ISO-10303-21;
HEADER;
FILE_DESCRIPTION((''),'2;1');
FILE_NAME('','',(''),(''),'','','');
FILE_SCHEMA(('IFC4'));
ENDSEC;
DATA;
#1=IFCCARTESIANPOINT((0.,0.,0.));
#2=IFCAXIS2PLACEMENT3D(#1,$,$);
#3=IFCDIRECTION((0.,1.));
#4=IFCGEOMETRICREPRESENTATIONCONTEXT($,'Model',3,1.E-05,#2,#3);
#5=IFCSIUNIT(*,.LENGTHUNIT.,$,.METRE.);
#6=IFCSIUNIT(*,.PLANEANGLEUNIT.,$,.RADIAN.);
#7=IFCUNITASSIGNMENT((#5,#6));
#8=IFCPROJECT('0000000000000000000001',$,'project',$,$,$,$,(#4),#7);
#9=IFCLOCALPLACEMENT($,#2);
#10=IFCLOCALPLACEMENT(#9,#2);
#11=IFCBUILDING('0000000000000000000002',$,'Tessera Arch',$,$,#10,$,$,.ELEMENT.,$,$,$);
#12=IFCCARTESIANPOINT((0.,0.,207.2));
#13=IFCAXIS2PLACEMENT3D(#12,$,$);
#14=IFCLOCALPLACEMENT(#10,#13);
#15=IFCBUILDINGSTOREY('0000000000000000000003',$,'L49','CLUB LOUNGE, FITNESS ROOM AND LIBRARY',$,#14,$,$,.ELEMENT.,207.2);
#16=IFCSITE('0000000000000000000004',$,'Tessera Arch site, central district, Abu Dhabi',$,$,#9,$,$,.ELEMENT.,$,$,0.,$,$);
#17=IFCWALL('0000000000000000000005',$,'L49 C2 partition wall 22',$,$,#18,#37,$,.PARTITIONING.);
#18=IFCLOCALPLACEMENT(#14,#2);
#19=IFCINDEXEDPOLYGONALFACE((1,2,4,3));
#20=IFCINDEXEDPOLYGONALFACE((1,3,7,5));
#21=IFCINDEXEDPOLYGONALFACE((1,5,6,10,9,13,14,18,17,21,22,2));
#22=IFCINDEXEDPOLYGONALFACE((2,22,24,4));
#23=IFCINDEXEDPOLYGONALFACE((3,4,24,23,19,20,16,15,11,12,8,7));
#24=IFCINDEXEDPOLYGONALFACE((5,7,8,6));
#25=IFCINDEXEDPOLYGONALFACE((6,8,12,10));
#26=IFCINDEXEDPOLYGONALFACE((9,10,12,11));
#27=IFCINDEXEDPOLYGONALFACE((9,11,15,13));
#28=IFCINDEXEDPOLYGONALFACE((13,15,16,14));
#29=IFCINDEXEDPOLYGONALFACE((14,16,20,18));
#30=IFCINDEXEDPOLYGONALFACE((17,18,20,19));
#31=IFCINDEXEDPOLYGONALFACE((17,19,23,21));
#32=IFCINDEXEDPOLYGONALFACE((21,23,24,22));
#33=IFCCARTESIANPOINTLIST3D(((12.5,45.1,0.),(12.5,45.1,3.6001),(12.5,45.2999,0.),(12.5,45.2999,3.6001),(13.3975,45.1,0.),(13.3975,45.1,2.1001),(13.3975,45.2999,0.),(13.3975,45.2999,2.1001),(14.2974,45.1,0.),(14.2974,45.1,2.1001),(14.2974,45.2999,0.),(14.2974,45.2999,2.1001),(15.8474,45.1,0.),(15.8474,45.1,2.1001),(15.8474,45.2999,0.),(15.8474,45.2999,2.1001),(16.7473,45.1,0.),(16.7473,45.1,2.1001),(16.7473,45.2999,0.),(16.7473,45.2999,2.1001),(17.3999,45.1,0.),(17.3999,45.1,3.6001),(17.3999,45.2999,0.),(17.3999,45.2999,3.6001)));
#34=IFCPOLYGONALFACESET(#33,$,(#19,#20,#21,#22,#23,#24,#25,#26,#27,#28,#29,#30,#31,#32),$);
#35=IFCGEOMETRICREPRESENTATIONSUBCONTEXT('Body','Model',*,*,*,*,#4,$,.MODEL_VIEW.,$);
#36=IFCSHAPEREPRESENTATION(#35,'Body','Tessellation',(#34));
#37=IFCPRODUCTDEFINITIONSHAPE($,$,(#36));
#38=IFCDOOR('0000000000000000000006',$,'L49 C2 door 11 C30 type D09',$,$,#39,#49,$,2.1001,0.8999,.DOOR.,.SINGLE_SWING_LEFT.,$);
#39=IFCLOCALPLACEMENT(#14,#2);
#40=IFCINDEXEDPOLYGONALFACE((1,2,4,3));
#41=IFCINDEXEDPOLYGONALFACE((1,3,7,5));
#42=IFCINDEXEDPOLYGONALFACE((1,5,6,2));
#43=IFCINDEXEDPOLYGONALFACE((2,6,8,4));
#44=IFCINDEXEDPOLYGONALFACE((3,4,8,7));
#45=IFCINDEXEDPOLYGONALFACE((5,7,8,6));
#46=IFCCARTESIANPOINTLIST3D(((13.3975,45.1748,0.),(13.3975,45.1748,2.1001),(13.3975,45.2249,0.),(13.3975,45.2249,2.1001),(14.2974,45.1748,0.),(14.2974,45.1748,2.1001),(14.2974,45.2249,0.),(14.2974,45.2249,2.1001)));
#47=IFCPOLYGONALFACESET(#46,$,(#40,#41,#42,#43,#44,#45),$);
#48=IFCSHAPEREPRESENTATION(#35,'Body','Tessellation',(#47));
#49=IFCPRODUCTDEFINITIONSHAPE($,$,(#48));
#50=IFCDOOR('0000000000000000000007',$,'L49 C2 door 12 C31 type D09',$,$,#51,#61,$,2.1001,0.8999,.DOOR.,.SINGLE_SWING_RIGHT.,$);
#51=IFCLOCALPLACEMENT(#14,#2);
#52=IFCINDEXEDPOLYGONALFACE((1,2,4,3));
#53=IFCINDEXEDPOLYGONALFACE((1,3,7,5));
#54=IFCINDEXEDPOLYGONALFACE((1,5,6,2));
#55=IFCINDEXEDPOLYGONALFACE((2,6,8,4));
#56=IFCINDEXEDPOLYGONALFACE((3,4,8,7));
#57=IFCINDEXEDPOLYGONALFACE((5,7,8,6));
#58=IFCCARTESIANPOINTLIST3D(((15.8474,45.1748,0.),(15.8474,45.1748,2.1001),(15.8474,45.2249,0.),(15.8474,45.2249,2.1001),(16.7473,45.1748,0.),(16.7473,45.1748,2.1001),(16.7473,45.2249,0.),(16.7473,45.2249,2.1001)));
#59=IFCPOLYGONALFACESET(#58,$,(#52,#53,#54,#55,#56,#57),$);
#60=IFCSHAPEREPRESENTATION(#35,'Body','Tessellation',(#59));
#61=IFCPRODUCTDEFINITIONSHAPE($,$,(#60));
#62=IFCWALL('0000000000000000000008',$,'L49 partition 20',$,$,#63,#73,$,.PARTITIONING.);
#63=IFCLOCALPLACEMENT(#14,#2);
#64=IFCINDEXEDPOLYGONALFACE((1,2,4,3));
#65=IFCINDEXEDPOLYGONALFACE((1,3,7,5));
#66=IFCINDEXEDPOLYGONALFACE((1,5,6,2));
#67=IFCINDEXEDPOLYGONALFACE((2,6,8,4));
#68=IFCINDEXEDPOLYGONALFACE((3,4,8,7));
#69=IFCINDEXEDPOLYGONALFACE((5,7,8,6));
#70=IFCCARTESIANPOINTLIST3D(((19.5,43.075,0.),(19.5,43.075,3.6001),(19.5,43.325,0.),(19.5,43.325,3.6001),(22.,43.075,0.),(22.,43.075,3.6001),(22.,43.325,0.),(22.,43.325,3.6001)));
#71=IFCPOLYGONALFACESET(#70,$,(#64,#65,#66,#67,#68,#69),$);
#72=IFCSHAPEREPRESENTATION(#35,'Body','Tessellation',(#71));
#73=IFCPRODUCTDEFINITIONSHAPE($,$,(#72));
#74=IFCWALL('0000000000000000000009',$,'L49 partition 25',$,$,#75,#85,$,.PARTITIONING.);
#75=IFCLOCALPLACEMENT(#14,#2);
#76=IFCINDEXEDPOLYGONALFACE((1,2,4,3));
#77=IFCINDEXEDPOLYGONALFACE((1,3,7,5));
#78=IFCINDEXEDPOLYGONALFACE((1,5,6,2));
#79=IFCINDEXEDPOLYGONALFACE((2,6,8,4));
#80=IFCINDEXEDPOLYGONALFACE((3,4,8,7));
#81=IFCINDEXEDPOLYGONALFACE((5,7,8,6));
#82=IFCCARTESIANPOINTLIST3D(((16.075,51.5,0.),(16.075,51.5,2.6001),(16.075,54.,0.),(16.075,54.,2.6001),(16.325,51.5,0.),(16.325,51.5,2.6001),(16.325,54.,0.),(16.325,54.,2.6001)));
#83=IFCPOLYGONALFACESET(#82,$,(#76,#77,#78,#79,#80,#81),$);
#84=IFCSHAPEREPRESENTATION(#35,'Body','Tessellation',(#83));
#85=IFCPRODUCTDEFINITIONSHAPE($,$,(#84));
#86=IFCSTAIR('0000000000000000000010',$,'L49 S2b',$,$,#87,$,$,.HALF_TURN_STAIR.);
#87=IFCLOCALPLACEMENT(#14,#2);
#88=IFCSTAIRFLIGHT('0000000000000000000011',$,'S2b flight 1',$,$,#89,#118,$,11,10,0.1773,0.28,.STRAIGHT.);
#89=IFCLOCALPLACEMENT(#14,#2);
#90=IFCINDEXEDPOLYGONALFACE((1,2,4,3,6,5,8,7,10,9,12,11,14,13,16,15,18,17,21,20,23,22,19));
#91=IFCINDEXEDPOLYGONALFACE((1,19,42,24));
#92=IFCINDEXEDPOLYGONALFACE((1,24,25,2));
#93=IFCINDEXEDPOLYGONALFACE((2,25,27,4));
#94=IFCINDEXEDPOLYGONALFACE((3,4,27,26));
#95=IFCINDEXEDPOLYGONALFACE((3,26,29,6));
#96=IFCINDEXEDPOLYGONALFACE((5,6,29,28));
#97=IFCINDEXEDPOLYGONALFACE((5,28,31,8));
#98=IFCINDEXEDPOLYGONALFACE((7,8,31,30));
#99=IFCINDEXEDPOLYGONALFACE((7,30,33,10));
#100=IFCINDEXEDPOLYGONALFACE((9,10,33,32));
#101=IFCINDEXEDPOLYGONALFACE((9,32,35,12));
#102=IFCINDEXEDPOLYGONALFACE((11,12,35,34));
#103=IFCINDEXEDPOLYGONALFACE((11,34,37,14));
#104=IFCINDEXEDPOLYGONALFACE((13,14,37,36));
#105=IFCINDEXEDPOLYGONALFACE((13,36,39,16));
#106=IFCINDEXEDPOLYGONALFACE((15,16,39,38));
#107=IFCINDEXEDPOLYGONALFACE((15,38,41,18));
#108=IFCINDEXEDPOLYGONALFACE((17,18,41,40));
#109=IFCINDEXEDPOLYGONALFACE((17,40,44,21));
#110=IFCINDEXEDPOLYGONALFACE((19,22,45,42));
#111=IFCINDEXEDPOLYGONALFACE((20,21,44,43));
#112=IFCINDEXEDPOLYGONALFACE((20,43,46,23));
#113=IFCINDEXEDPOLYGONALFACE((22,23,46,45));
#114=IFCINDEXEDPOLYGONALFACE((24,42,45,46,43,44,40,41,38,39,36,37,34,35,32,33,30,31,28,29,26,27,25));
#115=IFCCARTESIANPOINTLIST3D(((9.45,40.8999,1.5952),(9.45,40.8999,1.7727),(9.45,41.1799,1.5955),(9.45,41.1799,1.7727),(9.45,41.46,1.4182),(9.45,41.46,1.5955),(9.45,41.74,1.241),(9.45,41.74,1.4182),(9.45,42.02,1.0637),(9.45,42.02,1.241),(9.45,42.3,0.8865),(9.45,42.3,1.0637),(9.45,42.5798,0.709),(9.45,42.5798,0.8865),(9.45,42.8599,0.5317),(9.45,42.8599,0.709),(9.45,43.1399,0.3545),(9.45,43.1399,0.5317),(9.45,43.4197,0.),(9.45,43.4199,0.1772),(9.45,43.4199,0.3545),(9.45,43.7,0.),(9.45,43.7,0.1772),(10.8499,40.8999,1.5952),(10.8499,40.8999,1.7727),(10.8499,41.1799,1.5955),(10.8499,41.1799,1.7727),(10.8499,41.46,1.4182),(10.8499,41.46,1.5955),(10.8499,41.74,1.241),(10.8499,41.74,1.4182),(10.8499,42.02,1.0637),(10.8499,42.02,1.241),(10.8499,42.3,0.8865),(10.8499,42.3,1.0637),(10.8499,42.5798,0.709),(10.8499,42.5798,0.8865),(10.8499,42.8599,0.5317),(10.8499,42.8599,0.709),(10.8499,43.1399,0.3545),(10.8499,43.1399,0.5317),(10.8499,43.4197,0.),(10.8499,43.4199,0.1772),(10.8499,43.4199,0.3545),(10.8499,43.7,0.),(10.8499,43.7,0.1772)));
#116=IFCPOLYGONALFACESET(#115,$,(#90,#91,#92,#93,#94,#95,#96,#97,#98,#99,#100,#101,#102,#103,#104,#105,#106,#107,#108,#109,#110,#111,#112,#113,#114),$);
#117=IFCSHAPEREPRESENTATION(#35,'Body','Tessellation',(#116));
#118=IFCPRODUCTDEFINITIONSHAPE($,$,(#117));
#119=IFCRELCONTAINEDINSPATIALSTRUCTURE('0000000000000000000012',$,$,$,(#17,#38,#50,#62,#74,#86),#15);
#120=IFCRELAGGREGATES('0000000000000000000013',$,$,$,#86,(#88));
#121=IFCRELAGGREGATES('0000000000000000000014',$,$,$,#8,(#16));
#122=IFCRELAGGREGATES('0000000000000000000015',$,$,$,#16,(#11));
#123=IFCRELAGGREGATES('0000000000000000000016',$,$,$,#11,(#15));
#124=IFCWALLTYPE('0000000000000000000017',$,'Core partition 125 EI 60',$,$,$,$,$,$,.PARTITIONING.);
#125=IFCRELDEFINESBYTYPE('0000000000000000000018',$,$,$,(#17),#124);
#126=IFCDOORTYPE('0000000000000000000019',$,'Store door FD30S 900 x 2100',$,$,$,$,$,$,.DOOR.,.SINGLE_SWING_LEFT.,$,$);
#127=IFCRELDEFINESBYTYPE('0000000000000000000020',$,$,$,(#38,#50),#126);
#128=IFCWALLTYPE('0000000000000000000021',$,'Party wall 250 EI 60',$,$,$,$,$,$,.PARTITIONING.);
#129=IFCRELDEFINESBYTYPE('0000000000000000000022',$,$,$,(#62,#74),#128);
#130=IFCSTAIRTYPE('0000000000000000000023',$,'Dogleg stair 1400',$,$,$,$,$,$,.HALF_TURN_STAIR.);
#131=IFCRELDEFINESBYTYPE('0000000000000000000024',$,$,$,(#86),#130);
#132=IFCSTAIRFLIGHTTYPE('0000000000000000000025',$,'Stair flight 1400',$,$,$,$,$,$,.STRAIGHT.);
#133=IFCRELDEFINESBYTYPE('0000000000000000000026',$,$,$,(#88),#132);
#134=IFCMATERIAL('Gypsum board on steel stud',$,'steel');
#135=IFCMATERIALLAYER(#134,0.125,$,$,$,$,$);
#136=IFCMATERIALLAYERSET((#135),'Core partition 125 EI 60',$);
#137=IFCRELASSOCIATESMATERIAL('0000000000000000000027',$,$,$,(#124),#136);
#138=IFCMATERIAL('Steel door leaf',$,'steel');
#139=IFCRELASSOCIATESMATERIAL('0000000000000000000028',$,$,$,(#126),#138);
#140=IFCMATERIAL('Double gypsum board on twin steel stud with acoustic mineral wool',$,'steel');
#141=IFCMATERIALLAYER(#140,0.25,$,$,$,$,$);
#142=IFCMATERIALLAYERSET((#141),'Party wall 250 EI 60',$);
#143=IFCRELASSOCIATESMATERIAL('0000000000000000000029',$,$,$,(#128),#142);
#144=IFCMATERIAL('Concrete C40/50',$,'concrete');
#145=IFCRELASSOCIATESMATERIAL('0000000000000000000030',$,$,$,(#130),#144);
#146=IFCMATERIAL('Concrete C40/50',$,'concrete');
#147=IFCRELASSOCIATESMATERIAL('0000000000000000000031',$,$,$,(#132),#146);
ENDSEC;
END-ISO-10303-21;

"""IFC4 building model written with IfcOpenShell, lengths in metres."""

from ifc_helpers import new_model, si_unit, direction, frame, frame_2d, origin, place, context, subcontext, project, spatial, polyline, rectangle, outline, extrude, material, layer, layer_set, type_object, element, fill, aggregate, save


model = new_model("IFC4")

# Units and contexts
model_context = context("Model", 3, precision=1e-05, world=origin(), true_north=direction((0.0, 1.0)))
body_context = subcontext(model_context, "Body", "Model", "MODEL_VIEW")
ifc_project = project(units=[si_unit("LENGTHUNIT", "METRE"), si_unit("PLANEANGLEUNIT", "RADIAN")], contexts=[model_context])

# Site, building, storey
site_placement = place(None, origin())
site = spatial("IfcSite", under=ifc_project, at=site_placement, Name="Tessera Arch site, central district, Abu Dhabi", CompositionType="ELEMENT", RefElevation=0.0)
building_placement = place(site_placement, origin())
building = spatial("IfcBuilding", under=site, at=building_placement, Name="Tessera Arch", CompositionType="ELEMENT")
storey_placement = place(building_placement, frame((0.0, 0.0, 207.2)))
storey = spatial("IfcBuildingStorey", under=building, at=storey_placement, Name="L49", Description="CLUB LOUNGE, FITNESS ROOM AND LIBRARY", CompositionType="ELEMENT", Elevation=207.2)

# Wall, openings, doors
ifc_material_1 = material(Name="Gypsum board on steel stud", Category="steel")
ifc_layer_1 = layer(ifc_material_1, 0.125)
ifc_layer_set_1 = layer_set([ifc_layer_1], Name="Core partition 125 EI 60")
wall_type_1 = type_object("IfcWallType", Name="Core partition 125 EI 60", PredefinedType="PARTITIONING", material=ifc_layer_set_1)
wall_1_placement = place(storey_placement, frame((12.5, 45.2, 0.0), z_axis=(0.0, 0.0, 1.0), x_axis=(1.0, 0.0, 0.0)))
wall_1 = element("IfcWall", 1, at=wall_1_placement, inside=storey, type_object=wall_type_1, Name="L49 C2 partition wall 22", PredefinedType="PARTITIONING", context=body_context, shape_type="SweptSolid", body=[
    extrude(rectangle(XDim=4.8999, YDim=0.2, at=frame_2d((2.45, 0.0))), origin(), (0.0, 0.0, 1.0), 3.6001),
])
opening_1_placement = place(wall_1_placement, frame((0.8975, 0.0, 0.0)))
opening_1 = element("IfcOpeningElement", 2, at=opening_1_placement, cuts=wall_1, PredefinedType="OPENING", context=body_context, shape_type="SweptSolid", body=[
    extrude(rectangle(XDim=0.8999, YDim=2.1001, at=frame_2d((0.45, 1.05))), frame((0.0, 0.1099, 0.0), z_axis=(0.0, -1.0, 0.0), x_axis=(1.0, 0.0, 0.0)), (0.0, 0.0, 1.0), 0.22),
])
opening_2_placement = place(wall_1_placement, frame((3.3474, 0.0, 0.0)))
opening_2 = element("IfcOpeningElement", 3, at=opening_2_placement, cuts=wall_1, PredefinedType="OPENING", context=body_context, shape_type="SweptSolid", body=[
    extrude(rectangle(XDim=0.8999, YDim=2.1001, at=frame_2d((0.45, 1.05))), frame((0.0, 0.1099, 0.0), z_axis=(0.0, -1.0, 0.0), x_axis=(1.0, 0.0, 0.0)), (0.0, 0.0, 1.0), 0.22),
])
ifc_material_2 = material(Name="Steel door leaf", Category="steel")
door_type = type_object("IfcDoorType", Name="Store door FD30S 900 x 2100", OperationType="SINGLE_SWING_LEFT", PredefinedType="DOOR", material=ifc_material_2)
door_1_placement = place(opening_1_placement, origin())
door_1 = element("IfcDoor", 4, at=door_1_placement, inside=storey, type_object=door_type, Name="L49 C2 door 11 C30 type D09", OperationType="SINGLE_SWING_LEFT", OverallHeight=2.1001, OverallWidth=0.8999, PredefinedType="DOOR", context=body_context, shape_type="SweptSolid", body=[
    extrude(rectangle(XDim=0.8999, YDim=2.1001, at=frame_2d((0.45, 1.05))), frame((0.0, 0.0249, 0.0), z_axis=(0.0, -1.0, 0.0), x_axis=(1.0, 0.0, 0.0)), (0.0, 0.0, 1.0), 0.05),
])
fill(opening_1, door_1)
door_2_placement = place(opening_2_placement, origin())
door_2 = element("IfcDoor", 5, at=door_2_placement, inside=storey, type_object=door_type, Name="L49 C2 door 12 C31 type D09", OperationType="SINGLE_SWING_RIGHT", OverallHeight=2.1001, OverallWidth=0.8999, PredefinedType="DOOR", context=body_context, shape_type="SweptSolid", body=[
    extrude(rectangle(XDim=0.8999, YDim=2.1001, at=frame_2d((0.45, 1.05))), frame((0.0, 0.0249, 0.0), z_axis=(0.0, -1.0, 0.0), x_axis=(1.0, 0.0, 0.0)), (0.0, 0.0, 1.0), 0.05),
])
fill(opening_2, door_2)

# Walls
ifc_material_3 = material(Name="Double gypsum board on twin steel stud with acoustic mineral wool", Category="steel")
ifc_layer_2 = layer(ifc_material_3, 0.25)
ifc_layer_set_2 = layer_set([ifc_layer_2], Name="Party wall 250 EI 60")
wall_type_2 = type_object("IfcWallType", Name="Party wall 250 EI 60", PredefinedType="PARTITIONING", material=ifc_layer_set_2)
wall_2_placement = place(storey_placement, frame((19.5, 43.2, 0.0), z_axis=(0.0, 0.0, 1.0), x_axis=(1.0, 0.0, 0.0)))
element("IfcWall", 6, at=wall_2_placement, inside=storey, type_object=wall_type_2, Name="L49 partition 20", PredefinedType="PARTITIONING", context=body_context, shape_type="SweptSolid", body=[
    extrude(rectangle(XDim=2.5, YDim=0.25, at=frame_2d((1.25, 0.0))), origin(), (0.0, 0.0, 1.0), 3.6001),
])
wall_3_placement = place(storey_placement, frame((16.2, 51.5, 0.0), z_axis=(0.0, 0.0, 1.0), x_axis=(0.0, 1.0, 0.0)))
element("IfcWall", 7, at=wall_3_placement, inside=storey, type_object=wall_type_2, Name="L49 partition 25", PredefinedType="PARTITIONING", context=body_context, shape_type="SweptSolid", body=[
    extrude(rectangle(XDim=2.5, YDim=0.25, at=frame_2d((1.25, 0.0))), origin(), (0.0, 0.0, 1.0), 2.6001),
])

# Stair, stair flight
ifc_material_4 = material(Name="Concrete C40/50", Category="concrete")
stair_type = type_object("IfcStairType", Name="Dogleg stair 1400", PredefinedType="HALF_TURN_STAIR", material=ifc_material_4)
stair_placement = place(storey_placement, origin())
stair = element("IfcStair", 8, at=stair_placement, inside=storey, type_object=stair_type, Name="L49 S2b", PredefinedType="HALF_TURN_STAIR")
ifc_material_5 = material(Name="Concrete C40/50", Category="concrete")
stair_flight_type = type_object("IfcStairFlightType", Name="Stair flight 1400", PredefinedType="STRAIGHT", material=ifc_material_5)
stair_flight_placement = place(storey_placement, frame((10.1499, 43.7, 0.0), z_axis=(0.0, 0.0, 1.0), x_axis=(0.0, -1.0, 0.0)))
stair_flight = element("IfcStairFlight", 9, at=stair_flight_placement, type_object=stair_flight_type, Name="S2b flight 1", NumberOfRisers=11, NumberOfTreads=10, PredefinedType="STRAIGHT", RiserHeight=0.1773, TreadLength=0.28, context=body_context, shape_type="SweptSolid", body=[
    extrude(outline(polyline([(0.0, 0.0), (0.0, 0.1772), (0.28, 0.1772), (0.28, 0.3545), (0.5601, 0.3545), (0.5601, 0.5317), (0.8401, 0.5317), (0.8401, 0.709), (1.1201, 0.709), (1.1201, 0.8865), (1.3999, 0.8865), (1.3999, 1.0637), (1.6799, 1.0637), (1.6799, 1.241), (1.96, 1.241), (1.96, 1.4182), (2.24, 1.4182), (2.24, 1.5955), (2.52, 1.5955), (2.52, 1.7727), (2.8, 1.7727), (2.8, 1.95), (2.8, 1.5952), (0.2803, 0.0), (0.0, 0.0)])), frame((0.0, 0.7, 0.0), z_axis=(0.0, -1.0, 0.0), x_axis=(1.0, 0.0, 0.0)), (0.0, 0.0, 1.0), 1.3999),
])
aggregate(stair, [stair_flight])

save(model, "model.ifc")
